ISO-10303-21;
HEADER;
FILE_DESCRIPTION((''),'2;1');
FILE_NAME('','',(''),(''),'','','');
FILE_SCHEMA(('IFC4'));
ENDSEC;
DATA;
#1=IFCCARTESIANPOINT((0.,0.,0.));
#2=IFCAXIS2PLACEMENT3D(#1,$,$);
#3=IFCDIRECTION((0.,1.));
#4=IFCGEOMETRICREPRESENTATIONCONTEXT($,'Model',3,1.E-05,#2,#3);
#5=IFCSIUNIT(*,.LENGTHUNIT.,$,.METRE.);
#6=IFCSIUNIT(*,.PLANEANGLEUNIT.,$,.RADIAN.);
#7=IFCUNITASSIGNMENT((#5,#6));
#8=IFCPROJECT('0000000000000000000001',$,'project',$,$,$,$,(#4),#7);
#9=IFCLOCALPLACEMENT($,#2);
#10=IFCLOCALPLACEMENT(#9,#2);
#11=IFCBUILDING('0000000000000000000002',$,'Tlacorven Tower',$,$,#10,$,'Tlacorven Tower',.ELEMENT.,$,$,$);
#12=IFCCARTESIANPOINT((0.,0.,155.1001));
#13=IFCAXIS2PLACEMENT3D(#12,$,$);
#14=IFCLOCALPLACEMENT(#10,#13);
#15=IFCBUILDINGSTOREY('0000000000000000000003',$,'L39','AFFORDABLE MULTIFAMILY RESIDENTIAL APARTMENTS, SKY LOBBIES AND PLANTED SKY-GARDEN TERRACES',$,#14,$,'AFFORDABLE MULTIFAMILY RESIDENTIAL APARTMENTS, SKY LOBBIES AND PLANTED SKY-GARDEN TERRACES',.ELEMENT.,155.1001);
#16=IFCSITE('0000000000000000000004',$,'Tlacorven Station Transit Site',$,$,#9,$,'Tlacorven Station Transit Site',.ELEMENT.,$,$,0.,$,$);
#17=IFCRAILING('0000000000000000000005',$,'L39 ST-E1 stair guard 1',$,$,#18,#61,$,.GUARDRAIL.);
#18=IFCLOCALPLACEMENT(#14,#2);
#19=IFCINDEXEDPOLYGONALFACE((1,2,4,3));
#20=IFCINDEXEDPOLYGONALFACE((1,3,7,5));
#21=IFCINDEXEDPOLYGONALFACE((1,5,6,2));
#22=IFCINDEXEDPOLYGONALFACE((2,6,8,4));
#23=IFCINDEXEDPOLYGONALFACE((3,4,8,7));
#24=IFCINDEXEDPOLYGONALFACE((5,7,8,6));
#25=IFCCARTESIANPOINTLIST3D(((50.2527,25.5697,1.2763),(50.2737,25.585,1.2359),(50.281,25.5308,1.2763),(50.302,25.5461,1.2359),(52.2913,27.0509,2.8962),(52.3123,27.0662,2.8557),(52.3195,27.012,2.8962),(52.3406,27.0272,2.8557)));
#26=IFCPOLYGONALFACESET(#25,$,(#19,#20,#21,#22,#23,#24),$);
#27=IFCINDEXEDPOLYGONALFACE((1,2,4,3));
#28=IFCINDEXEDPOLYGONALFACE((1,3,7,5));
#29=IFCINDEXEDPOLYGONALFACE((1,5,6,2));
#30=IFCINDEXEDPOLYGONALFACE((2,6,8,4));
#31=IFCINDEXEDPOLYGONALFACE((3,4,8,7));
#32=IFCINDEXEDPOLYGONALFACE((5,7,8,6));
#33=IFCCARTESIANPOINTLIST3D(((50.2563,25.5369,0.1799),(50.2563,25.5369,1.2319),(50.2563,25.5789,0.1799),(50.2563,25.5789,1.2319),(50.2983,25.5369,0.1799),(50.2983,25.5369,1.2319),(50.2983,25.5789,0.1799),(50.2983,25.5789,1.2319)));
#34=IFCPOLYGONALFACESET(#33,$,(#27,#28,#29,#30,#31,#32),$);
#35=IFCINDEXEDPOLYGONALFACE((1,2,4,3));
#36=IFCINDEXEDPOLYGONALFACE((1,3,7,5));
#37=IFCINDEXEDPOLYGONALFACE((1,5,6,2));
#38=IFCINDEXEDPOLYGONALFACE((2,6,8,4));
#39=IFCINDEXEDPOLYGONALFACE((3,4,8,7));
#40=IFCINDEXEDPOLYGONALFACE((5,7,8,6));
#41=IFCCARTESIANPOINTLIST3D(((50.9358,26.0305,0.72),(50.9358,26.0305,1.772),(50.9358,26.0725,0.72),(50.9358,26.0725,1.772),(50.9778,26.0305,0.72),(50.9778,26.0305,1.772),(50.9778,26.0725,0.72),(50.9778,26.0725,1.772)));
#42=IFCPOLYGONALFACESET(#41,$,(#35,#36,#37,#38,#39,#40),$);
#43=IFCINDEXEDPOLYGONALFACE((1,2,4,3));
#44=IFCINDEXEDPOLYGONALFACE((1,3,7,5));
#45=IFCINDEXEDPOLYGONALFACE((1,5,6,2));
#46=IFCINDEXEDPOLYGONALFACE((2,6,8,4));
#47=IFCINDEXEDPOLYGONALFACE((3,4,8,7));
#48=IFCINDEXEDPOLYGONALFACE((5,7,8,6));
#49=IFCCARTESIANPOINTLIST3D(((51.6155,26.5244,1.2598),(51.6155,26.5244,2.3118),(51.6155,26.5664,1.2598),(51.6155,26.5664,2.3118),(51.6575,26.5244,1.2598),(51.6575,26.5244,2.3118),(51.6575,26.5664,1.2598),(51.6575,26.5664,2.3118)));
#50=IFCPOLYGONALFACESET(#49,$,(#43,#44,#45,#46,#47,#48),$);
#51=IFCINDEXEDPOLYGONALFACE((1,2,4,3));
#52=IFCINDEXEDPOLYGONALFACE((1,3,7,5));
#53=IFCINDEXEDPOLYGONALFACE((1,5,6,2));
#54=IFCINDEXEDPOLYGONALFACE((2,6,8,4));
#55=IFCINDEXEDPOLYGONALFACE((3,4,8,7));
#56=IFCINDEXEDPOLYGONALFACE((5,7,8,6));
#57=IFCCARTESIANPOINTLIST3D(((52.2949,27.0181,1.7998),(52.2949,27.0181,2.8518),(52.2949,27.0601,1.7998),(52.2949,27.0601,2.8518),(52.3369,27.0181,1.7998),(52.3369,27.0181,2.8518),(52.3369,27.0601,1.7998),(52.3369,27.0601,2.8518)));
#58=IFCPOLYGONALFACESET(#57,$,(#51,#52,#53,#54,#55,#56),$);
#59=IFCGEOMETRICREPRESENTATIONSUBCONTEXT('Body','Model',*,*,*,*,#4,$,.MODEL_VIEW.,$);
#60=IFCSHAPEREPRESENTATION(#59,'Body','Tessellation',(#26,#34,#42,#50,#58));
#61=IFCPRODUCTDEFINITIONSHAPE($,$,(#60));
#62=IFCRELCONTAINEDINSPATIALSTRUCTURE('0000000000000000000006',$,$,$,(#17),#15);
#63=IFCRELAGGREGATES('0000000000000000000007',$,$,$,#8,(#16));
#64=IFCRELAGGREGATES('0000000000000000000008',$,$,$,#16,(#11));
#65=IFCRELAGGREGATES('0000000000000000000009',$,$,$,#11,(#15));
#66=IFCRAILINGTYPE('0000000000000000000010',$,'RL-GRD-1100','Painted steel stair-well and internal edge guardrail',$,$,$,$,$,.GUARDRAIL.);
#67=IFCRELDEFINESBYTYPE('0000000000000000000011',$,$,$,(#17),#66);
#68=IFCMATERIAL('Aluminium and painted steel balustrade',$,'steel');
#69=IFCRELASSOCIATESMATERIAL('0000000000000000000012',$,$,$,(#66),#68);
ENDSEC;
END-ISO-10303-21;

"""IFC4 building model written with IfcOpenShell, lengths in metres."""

from ifc_helpers import new_model, si_unit, direction, frame, origin, origin_2d, place, context, subcontext, project, spatial, rectangle, extrude, source, transform, mapped, material, type_object, element, save


model = new_model("IFC4")

# Units and contexts
model_context = context("Model", 3, precision=1e-05, world=origin(), true_north=direction((0.0, 1.0)))
body_context = subcontext(model_context, "Body", "Model", "MODEL_VIEW")
ifc_project = project(units=[si_unit("LENGTHUNIT", "METRE"), si_unit("PLANEANGLEUNIT", "RADIAN")], contexts=[model_context])

# Site, building, storey
site_placement = place(None, origin())
site = spatial("IfcSite", under=ifc_project, at=site_placement, Name="Tlacorven Station Transit Site", LongName="Tlacorven Station Transit Site", CompositionType="ELEMENT", RefElevation=0.0)
building_placement = place(site_placement, origin())
building = spatial("IfcBuilding", under=site, at=building_placement, Name="Tlacorven Tower", LongName="Tlacorven Tower", CompositionType="ELEMENT")
storey_placement = place(building_placement, frame((0.0, 0.0, 155.1001)))
storey = spatial("IfcBuildingStorey", under=building, at=storey_placement, Name="L39", Description="AFFORDABLE MULTIFAMILY RESIDENTIAL APARTMENTS, SKY LOBBIES AND PLANTED SKY-GARDEN TERRACES", LongName="AFFORDABLE MULTIFAMILY RESIDENTIAL APARTMENTS, SKY LOBBIES AND PLANTED SKY-GARDEN TERRACES", CompositionType="ELEMENT", Elevation=155.1001)

# Railing
ifc_material_1 = material(Name="Aluminium and painted steel balustrade", Category="steel")
railing_type_1 = type_object("IfcRailingType", Name="RL-GRD-1100", Description="Painted steel stair-well and internal edge guardrail", PredefinedType="GUARDRAIL", material=ifc_material_1)
shared_shape_1 = source(origin(), body_context, "Body", "SweptSolid", [
    extrude(rectangle(XDim=0.0481, YDim=0.0481, at=origin_2d()), frame((0.0, 0.0, 1.0762), z_axis=(0.680519, 0.494456, 0.540747), x_axis=(-0.587809, 0.809, 0.0)), (0.0, 0.0, 1.0), 2.9956),
    extrude(rectangle(XDim=0.042, YDim=0.042, at=origin_2d()), origin(), (0.0, 0.0, 1.0), 1.052),
    extrude(rectangle(XDim=0.042, YDim=0.042, at=origin_2d()), frame((0.6794, 0.4937, 0.54)), (0.0, 0.0, 1.0), 1.052),
    extrude(rectangle(XDim=0.042, YDim=0.042, at=origin_2d()), frame((1.3591, 0.9875, 1.0798)), (0.0, 0.0, 1.0), 1.052),
    extrude(rectangle(XDim=0.042, YDim=0.042, at=origin_2d()), frame((2.0386, 1.4812, 1.6199)), (0.0, 0.0, 1.0), 1.052),
])
railing_1_placement = place(storey_placement, frame((50.2773, 25.5579, 0.1799)))
element("IfcRailing", 1, at=railing_1_placement, inside=storey, type_object=railing_type_1, Name="L39 ST-E1 stair guard 1", PredefinedType="GUARDRAIL", context=body_context, shape_type="MappedRepresentation", body=[
    mapped(shared_shape_1, transform((0.0, 0.0, 0.0), scale=1.0)),
])

save(model, "model.ifc")
